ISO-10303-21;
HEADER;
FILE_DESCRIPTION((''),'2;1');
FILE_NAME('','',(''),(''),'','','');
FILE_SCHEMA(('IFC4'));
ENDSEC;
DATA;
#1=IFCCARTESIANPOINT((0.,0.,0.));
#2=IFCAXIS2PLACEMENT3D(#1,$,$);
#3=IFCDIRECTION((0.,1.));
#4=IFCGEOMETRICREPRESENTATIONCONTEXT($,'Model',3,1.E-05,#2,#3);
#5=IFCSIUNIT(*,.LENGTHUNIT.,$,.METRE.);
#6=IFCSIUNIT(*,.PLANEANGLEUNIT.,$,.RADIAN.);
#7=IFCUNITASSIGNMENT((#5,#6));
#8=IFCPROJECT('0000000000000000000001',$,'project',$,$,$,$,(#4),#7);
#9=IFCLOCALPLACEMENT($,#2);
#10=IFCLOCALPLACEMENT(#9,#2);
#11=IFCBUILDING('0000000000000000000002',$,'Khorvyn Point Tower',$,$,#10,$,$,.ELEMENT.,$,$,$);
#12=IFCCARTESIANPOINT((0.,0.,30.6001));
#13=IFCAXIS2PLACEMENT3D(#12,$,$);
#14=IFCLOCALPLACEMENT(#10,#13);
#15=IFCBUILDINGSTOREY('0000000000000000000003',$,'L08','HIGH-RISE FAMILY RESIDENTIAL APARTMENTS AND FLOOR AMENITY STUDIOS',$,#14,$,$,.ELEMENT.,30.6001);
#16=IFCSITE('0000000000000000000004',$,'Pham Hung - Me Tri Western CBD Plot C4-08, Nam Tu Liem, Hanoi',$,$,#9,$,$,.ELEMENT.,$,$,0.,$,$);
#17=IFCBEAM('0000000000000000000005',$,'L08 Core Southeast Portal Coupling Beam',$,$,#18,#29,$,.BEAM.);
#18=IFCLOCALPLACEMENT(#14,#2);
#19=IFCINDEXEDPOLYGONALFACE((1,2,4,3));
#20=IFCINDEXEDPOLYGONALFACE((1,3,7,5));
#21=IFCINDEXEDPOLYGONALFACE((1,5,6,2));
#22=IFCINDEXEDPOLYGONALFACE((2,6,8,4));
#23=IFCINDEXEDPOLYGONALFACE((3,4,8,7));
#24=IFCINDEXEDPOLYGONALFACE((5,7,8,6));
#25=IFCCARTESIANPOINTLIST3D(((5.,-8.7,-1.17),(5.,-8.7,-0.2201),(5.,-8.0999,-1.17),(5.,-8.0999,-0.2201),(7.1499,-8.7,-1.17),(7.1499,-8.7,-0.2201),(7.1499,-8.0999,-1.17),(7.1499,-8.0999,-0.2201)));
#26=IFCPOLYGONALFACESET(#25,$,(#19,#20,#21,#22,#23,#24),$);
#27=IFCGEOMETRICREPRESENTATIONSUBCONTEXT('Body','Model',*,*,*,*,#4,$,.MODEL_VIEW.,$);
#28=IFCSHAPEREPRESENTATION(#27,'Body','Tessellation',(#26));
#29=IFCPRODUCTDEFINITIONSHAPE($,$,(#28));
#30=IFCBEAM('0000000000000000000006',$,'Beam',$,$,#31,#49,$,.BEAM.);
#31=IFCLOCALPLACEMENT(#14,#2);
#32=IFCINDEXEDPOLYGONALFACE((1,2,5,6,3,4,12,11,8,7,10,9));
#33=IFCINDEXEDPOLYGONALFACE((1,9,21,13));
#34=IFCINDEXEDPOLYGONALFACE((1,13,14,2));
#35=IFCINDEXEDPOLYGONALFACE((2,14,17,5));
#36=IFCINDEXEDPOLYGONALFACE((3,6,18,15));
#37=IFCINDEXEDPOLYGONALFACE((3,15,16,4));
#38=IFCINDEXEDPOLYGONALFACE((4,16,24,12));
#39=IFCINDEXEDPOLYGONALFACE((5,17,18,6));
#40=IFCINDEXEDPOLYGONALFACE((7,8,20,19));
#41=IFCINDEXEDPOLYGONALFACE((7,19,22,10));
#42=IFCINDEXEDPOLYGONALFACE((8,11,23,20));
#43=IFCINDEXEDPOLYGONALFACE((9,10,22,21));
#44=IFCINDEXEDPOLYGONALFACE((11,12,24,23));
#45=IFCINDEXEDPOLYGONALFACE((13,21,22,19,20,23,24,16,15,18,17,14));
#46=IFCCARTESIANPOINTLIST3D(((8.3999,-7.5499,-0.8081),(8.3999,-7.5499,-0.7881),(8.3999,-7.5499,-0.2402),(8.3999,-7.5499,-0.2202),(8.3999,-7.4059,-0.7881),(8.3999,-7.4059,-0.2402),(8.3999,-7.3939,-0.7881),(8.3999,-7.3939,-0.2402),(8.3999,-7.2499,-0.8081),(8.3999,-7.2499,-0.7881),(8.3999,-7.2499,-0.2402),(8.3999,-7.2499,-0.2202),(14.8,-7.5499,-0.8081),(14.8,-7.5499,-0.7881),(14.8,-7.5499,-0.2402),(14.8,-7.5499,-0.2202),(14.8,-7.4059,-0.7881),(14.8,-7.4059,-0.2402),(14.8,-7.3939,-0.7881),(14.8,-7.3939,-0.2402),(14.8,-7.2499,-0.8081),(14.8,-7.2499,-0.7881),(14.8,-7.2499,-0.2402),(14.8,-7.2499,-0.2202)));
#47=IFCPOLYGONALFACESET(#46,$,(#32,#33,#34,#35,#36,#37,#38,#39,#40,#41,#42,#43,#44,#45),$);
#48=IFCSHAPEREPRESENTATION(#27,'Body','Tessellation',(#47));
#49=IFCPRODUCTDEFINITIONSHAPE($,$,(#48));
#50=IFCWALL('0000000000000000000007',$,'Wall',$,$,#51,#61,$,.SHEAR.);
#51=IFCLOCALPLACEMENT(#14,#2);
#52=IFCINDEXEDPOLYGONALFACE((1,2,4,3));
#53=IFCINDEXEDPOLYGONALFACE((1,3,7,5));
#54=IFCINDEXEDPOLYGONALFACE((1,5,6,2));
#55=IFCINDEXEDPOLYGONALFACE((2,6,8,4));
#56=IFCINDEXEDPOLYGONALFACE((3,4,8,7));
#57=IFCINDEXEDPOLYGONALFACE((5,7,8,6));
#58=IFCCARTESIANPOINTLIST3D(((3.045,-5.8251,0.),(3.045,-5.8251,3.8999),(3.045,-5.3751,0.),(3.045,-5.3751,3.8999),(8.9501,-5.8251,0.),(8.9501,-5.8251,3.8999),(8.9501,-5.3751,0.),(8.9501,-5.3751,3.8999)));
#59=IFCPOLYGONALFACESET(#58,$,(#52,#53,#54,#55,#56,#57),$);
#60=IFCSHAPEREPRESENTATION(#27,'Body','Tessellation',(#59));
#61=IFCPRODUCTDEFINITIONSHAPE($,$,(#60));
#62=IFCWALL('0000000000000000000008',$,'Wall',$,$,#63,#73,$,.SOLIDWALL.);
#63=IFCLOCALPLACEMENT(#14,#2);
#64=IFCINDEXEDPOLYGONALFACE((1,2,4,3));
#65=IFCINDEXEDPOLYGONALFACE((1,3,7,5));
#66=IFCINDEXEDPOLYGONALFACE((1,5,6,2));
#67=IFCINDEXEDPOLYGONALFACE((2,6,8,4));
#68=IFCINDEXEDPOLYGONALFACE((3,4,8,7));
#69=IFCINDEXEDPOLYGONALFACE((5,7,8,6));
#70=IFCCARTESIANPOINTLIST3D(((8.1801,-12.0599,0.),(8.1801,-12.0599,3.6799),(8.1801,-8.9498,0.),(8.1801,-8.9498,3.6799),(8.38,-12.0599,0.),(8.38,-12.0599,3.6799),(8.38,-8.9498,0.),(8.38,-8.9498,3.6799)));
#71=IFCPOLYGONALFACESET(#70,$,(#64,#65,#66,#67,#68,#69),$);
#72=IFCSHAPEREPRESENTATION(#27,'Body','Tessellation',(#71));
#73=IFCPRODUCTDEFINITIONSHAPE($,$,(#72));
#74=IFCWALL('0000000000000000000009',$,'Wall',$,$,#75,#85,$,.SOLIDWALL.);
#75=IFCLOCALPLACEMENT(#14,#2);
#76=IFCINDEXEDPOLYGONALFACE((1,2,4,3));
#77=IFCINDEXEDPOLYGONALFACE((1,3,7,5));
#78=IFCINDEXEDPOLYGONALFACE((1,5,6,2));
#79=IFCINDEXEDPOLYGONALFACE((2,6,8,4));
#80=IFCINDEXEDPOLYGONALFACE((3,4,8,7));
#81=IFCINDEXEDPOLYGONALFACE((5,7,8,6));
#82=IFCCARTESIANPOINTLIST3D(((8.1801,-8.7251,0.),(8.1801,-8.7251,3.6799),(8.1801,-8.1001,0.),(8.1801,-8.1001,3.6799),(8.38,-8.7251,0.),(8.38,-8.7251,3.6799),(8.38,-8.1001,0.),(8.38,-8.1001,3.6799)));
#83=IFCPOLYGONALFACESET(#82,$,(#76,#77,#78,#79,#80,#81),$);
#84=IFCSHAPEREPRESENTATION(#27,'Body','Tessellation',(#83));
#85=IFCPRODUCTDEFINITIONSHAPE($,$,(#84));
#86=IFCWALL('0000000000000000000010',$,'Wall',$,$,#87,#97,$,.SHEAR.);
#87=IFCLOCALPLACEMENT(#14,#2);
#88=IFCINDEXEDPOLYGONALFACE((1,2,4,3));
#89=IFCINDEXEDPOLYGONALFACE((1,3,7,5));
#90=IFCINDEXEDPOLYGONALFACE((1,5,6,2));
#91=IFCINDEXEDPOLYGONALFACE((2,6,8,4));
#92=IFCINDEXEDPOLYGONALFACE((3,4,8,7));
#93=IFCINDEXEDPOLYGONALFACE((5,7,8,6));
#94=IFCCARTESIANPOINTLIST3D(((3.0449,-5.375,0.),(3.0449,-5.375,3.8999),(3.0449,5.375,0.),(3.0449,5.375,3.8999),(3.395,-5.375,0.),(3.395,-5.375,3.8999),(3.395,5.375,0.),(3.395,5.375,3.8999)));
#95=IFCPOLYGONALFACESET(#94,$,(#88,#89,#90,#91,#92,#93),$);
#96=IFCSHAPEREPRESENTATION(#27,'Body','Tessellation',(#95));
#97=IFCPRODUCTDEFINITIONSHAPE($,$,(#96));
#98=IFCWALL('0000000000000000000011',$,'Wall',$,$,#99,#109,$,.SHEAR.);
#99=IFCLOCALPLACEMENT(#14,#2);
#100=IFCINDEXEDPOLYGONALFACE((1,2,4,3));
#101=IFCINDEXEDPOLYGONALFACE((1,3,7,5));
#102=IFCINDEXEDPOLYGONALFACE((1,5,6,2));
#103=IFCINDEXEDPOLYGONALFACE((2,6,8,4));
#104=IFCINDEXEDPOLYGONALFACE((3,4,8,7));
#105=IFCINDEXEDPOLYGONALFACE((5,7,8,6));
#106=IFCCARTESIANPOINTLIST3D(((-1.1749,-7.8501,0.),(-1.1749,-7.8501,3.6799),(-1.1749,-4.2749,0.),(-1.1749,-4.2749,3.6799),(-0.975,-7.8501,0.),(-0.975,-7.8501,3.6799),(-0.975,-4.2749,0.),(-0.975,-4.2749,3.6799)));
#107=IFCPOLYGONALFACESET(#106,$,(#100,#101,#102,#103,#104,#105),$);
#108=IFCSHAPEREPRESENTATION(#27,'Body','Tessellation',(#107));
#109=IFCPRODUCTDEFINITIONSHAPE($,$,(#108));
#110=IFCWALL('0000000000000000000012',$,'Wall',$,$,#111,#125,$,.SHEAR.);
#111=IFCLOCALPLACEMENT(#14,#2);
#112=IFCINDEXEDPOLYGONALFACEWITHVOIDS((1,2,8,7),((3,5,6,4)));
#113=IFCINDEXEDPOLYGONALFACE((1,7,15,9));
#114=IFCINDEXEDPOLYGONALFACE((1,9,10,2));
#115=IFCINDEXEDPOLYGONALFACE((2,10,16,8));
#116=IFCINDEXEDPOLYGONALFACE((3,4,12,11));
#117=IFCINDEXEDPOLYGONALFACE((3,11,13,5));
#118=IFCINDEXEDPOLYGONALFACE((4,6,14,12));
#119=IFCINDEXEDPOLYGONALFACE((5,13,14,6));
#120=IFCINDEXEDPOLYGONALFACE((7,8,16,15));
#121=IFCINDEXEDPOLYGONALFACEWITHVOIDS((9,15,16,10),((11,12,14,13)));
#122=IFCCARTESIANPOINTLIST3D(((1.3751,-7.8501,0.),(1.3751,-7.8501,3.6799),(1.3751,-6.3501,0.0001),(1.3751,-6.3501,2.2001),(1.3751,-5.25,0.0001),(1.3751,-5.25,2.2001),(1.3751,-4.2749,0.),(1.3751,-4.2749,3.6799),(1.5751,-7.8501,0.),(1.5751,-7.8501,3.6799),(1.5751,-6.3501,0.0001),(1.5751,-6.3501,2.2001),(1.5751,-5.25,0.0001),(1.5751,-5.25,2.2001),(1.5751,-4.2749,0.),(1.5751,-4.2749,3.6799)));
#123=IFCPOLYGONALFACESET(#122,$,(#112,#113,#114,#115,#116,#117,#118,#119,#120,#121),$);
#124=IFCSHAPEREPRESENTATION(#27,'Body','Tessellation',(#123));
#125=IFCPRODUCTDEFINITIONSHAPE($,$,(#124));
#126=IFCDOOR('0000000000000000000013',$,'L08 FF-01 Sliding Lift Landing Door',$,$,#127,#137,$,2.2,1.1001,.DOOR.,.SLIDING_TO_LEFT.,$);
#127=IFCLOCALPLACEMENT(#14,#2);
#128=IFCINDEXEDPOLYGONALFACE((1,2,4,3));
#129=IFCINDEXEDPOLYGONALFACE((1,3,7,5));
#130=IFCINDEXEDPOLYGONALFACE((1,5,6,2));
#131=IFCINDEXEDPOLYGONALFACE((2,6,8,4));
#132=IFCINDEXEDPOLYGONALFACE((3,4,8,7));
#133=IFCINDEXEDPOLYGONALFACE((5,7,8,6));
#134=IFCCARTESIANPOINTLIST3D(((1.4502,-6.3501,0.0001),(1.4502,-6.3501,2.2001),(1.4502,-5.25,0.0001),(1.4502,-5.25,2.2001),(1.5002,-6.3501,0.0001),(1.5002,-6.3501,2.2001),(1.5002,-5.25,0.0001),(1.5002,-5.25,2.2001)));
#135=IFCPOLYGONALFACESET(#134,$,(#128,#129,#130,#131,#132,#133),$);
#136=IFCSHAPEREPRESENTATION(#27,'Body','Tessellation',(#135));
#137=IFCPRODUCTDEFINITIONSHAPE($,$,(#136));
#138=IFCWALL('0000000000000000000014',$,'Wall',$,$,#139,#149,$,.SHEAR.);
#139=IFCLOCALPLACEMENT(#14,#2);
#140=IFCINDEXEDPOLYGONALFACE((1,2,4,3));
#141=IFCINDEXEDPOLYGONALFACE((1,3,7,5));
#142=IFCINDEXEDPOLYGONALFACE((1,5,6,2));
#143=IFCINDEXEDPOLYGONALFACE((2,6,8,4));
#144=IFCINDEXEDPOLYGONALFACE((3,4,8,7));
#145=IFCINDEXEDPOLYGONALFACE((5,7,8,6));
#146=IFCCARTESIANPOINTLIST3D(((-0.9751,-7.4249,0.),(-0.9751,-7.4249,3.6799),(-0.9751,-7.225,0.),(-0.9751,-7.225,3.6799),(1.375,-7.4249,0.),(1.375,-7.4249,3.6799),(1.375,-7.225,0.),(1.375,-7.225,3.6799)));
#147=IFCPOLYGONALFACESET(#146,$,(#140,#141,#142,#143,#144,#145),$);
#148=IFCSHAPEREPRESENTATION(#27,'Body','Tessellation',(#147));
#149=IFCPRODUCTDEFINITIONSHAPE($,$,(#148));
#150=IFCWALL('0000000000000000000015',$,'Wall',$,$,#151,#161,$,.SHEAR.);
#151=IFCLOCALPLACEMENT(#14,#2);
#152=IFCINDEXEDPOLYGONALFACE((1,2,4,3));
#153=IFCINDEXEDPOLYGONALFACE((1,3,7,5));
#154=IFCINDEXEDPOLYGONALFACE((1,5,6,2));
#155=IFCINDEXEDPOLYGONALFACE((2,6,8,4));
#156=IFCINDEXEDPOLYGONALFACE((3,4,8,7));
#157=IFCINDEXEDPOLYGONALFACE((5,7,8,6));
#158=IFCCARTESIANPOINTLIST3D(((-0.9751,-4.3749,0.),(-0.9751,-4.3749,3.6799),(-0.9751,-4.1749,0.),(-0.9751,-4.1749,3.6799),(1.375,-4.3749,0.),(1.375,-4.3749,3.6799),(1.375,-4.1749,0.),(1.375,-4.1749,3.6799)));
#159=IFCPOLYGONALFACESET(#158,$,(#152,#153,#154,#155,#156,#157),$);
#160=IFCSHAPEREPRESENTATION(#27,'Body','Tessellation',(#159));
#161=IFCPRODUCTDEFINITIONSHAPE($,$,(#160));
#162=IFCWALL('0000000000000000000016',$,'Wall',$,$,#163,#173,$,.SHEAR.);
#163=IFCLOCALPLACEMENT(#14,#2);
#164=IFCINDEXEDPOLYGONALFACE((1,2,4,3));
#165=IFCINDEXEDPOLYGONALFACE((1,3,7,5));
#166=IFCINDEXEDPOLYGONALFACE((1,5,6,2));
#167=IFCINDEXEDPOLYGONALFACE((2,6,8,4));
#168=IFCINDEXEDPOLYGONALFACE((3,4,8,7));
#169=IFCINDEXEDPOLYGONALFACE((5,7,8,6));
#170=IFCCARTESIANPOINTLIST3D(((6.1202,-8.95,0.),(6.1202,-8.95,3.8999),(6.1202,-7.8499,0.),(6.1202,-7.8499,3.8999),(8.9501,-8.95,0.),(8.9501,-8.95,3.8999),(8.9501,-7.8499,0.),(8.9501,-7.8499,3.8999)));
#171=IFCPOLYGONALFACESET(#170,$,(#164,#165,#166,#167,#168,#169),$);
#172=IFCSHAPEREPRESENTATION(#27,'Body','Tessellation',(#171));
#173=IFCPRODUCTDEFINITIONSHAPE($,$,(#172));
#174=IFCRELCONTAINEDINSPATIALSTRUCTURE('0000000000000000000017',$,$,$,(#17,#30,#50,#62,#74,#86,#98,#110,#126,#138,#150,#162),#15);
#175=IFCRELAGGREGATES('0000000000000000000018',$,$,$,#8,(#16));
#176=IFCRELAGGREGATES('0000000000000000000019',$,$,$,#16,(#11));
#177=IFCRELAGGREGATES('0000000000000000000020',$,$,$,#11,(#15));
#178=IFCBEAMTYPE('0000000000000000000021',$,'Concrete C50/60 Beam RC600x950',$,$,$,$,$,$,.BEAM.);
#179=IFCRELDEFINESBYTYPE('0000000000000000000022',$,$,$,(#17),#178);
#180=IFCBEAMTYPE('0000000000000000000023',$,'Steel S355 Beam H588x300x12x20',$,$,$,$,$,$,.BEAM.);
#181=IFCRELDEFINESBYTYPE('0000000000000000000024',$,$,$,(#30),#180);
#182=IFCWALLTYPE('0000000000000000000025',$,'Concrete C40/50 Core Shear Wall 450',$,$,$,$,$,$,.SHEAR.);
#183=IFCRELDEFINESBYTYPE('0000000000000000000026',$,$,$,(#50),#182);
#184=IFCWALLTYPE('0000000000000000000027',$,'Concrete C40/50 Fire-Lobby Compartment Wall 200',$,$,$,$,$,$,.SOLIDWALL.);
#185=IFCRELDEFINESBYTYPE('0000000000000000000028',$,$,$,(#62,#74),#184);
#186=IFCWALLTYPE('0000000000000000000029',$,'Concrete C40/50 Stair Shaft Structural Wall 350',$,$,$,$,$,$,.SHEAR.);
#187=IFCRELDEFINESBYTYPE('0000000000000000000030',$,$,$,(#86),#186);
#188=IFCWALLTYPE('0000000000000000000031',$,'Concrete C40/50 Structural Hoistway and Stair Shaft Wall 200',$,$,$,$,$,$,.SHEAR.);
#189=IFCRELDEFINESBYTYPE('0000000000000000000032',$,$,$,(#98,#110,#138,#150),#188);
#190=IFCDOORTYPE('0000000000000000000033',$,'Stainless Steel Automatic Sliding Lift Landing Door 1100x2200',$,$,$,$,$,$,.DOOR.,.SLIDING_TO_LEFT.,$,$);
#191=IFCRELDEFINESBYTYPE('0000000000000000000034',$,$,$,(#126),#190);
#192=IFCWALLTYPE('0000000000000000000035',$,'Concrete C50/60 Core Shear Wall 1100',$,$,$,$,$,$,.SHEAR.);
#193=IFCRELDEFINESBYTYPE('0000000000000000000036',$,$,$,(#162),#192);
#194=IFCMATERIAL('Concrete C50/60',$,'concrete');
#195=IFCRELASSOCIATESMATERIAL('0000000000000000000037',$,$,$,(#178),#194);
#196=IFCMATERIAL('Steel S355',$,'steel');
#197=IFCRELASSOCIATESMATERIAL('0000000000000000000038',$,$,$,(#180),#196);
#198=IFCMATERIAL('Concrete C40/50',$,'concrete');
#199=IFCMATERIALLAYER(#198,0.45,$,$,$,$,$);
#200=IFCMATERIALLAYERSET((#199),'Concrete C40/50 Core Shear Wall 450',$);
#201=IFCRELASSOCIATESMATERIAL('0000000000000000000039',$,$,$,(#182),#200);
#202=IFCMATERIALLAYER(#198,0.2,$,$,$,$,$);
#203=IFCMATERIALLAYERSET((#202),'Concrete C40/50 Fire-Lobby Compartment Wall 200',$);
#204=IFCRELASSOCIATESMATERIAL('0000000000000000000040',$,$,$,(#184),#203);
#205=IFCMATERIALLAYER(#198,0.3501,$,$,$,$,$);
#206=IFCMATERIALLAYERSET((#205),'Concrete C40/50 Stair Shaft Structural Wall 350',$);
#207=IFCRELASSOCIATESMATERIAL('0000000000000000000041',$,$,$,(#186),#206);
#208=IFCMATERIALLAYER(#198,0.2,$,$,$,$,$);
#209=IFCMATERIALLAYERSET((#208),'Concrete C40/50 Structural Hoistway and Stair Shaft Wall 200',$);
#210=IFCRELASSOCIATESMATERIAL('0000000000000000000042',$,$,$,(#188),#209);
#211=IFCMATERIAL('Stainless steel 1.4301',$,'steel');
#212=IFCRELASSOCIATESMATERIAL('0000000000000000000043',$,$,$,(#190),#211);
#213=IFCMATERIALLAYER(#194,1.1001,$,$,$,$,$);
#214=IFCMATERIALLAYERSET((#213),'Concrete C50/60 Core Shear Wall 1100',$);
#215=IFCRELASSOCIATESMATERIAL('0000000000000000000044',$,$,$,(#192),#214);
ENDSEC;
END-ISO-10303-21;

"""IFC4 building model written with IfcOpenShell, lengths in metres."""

from ifc_helpers import new_model, si_unit, direction, frame, frame_2d, origin, origin_2d, place, context, subcontext, project, spatial, rectangle, i_section, extrude, material, layer, layer_set, material_profile, profile_set, type_object, element, fill, save


model = new_model("IFC4")

# Units and contexts
model_context = context("Model", 3, precision=1e-05, world=origin(), true_north=direction((0.0, 1.0)))
body_context = subcontext(model_context, "Body", "Model", "MODEL_VIEW")
ifc_project = project(units=[si_unit("LENGTHUNIT", "METRE"), si_unit("PLANEANGLEUNIT", "RADIAN")], contexts=[model_context])

# Site, building, storey
site_placement = place(None, origin())
site = spatial("IfcSite", under=ifc_project, at=site_placement, Name="Pham Hung - Me Tri Western CBD Plot C4-08, Nam Tu Liem, Hanoi", CompositionType="ELEMENT", RefElevation=0.0)
building_placement = place(site_placement, origin())
building = spatial("IfcBuilding", under=site, at=building_placement, Name="Khorvyn Point Tower", CompositionType="ELEMENT")
storey_placement = place(building_placement, frame((0.0, 0.0, 30.6001)))
storey = spatial("IfcBuildingStorey", under=building, at=storey_placement, Name="L08", Description="HIGH-RISE FAMILY RESIDENTIAL APARTMENTS AND FLOOR AMENITY STUDIOS", CompositionType="ELEMENT", Elevation=30.6001)

# Beams
ifc_material_1 = material(Name="Concrete C50/60", Category="concrete")
ifc_material_profile_1 = material_profile(ifc_material_1, rectangle(XDim=0.6001, YDim=0.95, at=origin_2d()))
ifc_profile_set_1 = profile_set([ifc_material_profile_1], Name="Concrete C50/60 RC600x950")
beam_type_1 = type_object("IfcBeamType", Name="Concrete C50/60 Beam RC600x950", PredefinedType="BEAM", material=ifc_profile_set_1)
beam_1_placement = place(storey_placement, frame((5.0, -8.3999, -0.6951), z_axis=(1.0, 0.0, 0.0), x_axis=(0.0, 1.0, 0.0)))
element("IfcBeam", 1, at=beam_1_placement, inside=storey, type_object=beam_type_1, Name="L08 Core Southeast Portal Coupling Beam", PredefinedType="BEAM", context=body_context, shape_type="SweptSolid", body=[
    extrude(rectangle(XDim=0.6001, YDim=0.95, at=origin_2d()), origin(), (0.0, 0.0, 1.0), 2.1499),
])
ifc_material_2 = material(Name="Steel S355", Category="steel")
ifc_material_profile_2 = material_profile(ifc_material_2, i_section(OverallWidth=0.3, OverallDepth=0.5879, WebThickness=0.012, FlangeThickness=0.02, at=origin_2d()))
ifc_profile_set_2 = profile_set([ifc_material_profile_2], Name="Steel S355 H588x300x12x20")
beam_type_2 = type_object("IfcBeamType", Name="Steel S355 Beam H588x300x12x20", PredefinedType="BEAM", material=ifc_profile_set_2)
beam_2_placement = place(storey_placement, frame((8.3999, -7.3999, -0.5142), z_axis=(1.0, 0.0, 0.0), x_axis=(0.0, 1.0, 0.0)))
element("IfcBeam", 2, at=beam_2_placement, inside=storey, type_object=beam_type_2, Name="Beam", PredefinedType="BEAM", context=body_context, shape_type="SweptSolid", body=[
    extrude(i_section(OverallWidth=0.3, OverallDepth=0.5879, WebThickness=0.012, FlangeThickness=0.02, at=origin_2d()), origin(), (0.0, 0.0, 1.0), 6.4001),
])

# Wall
ifc_material_3 = material(Name="Concrete C40/50", Category="concrete")
ifc_layer_1 = layer(ifc_material_3, 0.45)
ifc_layer_set_1 = layer_set([ifc_layer_1], Name="Concrete C40/50 Core Shear Wall 450")
wall_type_1 = type_object("IfcWallType", Name="Concrete C40/50 Core Shear Wall 450", PredefinedType="SHEAR", material=ifc_layer_set_1)
wall_1_placement = place(storey_placement, frame((3.0449, -5.6001, 0.0), z_axis=(0.0, 0.0, 1.0), x_axis=(1.0, 0.0, 0.0)))
element("IfcWall", 3, at=wall_1_placement, inside=storey, type_object=wall_type_1, Name="Wall", PredefinedType="SHEAR", context=body_context, shape_type="SweptSolid", body=[
    extrude(rectangle(XDim=5.905, YDim=0.45, at=frame_2d((2.9526, 0.0))), origin(), (0.0, 0.0, 1.0), 3.8999),
])

# Shared definitions
ifc_layer_2 = layer(ifc_material_3, 0.2)
ifc_layer_set_2 = layer_set([ifc_layer_2], Name="Concrete C40/50 Fire-Lobby Compartment Wall 200")
wall_type_2 = type_object("IfcWallType", Name="Concrete C40/50 Fire-Lobby Compartment Wall 200", PredefinedType="SOLIDWALL", material=ifc_layer_set_2)

# Walls
wall_2_placement = place(storey_placement, frame((8.28, -12.0601, 0.0), z_axis=(0.0, 0.0, 1.0), x_axis=(0.0, 1.0, 0.0)))
element("IfcWall", 4, at=wall_2_placement, inside=storey, type_object=wall_type_2, Name="Wall", PredefinedType="SOLIDWALL", context=body_context, shape_type="SweptSolid", body=[
    extrude(rectangle(XDim=3.1101, YDim=0.2, at=frame_2d((1.5552, 0.0))), origin(), (0.0, 0.0, 1.0), 3.6799),
])
wall_3_placement = place(storey_placement, frame((8.28, -8.7251, 0.0), z_axis=(0.0, 0.0, 1.0), x_axis=(0.0, 1.0, 0.0)))
element("IfcWall", 5, at=wall_3_placement, inside=storey, type_object=wall_type_2, Name="Wall", PredefinedType="SOLIDWALL", context=body_context, shape_type="SweptSolid", body=[
    extrude(rectangle(XDim=0.625, YDim=0.2, at=frame_2d((0.3125, 0.0))), origin(), (0.0, 0.0, 1.0), 3.6799),
])
ifc_layer_3 = layer(ifc_material_3, 0.3501)
ifc_layer_set_3 = layer_set([ifc_layer_3], Name="Concrete C40/50 Stair Shaft Structural Wall 350")
wall_type_3 = type_object("IfcWallType", Name="Concrete C40/50 Stair Shaft Structural Wall 350", PredefinedType="SHEAR", material=ifc_layer_set_3)
wall_4_placement = place(storey_placement, frame((3.22, -5.375, 0.0), z_axis=(0.0, 0.0, 1.0), x_axis=(0.0, 1.0, 0.0)))
element("IfcWall", 6, at=wall_4_placement, inside=storey, type_object=wall_type_3, Name="Wall", PredefinedType="SHEAR", context=body_context, shape_type="SweptSolid", body=[
    extrude(rectangle(XDim=10.75, YDim=0.3501, at=frame_2d((5.375, 0.0))), origin(), (0.0, 0.0, 1.0), 3.8999),
])

# Wall
ifc_layer_4 = layer(ifc_material_3, 0.2)
ifc_layer_set_4 = layer_set([ifc_layer_4], Name="Concrete C40/50 Structural Hoistway and Stair Shaft Wall 200")
wall_type_4 = type_object("IfcWallType", Name="Concrete C40/50 Structural Hoistway and Stair Shaft Wall 200", PredefinedType="SHEAR", material=ifc_layer_set_4)
wall_5_placement = place(storey_placement, frame((-1.075, -7.8501, 0.0), z_axis=(0.0, 0.0, 1.0), x_axis=(0.0, 1.0, 0.0)))
element("IfcWall", 7, at=wall_5_placement, inside=storey, type_object=wall_type_4, Name="Wall", PredefinedType="SHEAR", context=body_context, shape_type="SweptSolid", body=[
    extrude(rectangle(XDim=3.5752, YDim=0.2, at=frame_2d((1.7876, 0.0))), origin(), (0.0, 0.0, 1.0), 3.6799),
])

# Wall, opening, door
wall_6_placement = place(storey_placement, frame((1.4751, -7.8501, 0.0), z_axis=(0.0, 0.0, 1.0), x_axis=(0.0, 1.0, 0.0)))
wall_6 = element("IfcWall", 8, at=wall_6_placement, inside=storey, type_object=wall_type_4, Name="Wall", PredefinedType="SHEAR", context=body_context, shape_type="SweptSolid", body=[
    extrude(rectangle(XDim=3.5752, YDim=0.2, at=frame_2d((1.7876, 0.0))), origin(), (0.0, 0.0, 1.0), 3.6799),
])
opening_1_placement = place(wall_6_placement, frame((1.5, 0.0, 0.0)))
opening_1 = element("IfcOpeningElement", 9, at=opening_1_placement, cuts=wall_6, PredefinedType="OPENING", context=body_context, shape_type="SweptSolid", body=[
    extrude(rectangle(XDim=1.1001, YDim=2.2, at=frame_2d((0.55, 1.1001))), frame((0.0, 0.1099, 0.0), z_axis=(0.0, -1.0, 0.0), x_axis=(1.0, 0.0, 0.0)), (0.0, 0.0, 1.0), 0.22),
])
ifc_material_4 = material(Name="Stainless steel 1.4301", Category="steel")
door_type_1 = type_object("IfcDoorType", Name="Stainless Steel Automatic Sliding Lift Landing Door 1100x2200", OperationType="SLIDING_TO_LEFT", PredefinedType="DOOR", material=ifc_material_4)
door_1_placement = place(opening_1_placement, origin())
door_1 = element("IfcDoor", 10, at=door_1_placement, inside=storey, type_object=door_type_1, Name="L08 FF-01 Sliding Lift Landing Door", OperationType="SLIDING_TO_LEFT", OverallHeight=2.2, OverallWidth=1.1001, PredefinedType="DOOR", context=body_context, shape_type="SweptSolid", body=[
    extrude(rectangle(XDim=1.1001, YDim=2.2, at=frame_2d((0.55, 1.1001))), frame((0.0, 0.0249, 0.0), z_axis=(0.0, -1.0, 0.0), x_axis=(1.0, 0.0, 0.0)), (0.0, 0.0, 1.0), 0.05),
])
fill(opening_1, door_1)

# Walls
for number, where, z_axis, x_axis, name in (
    (11, (-0.9751, -7.325, 0.0), (0.0, 0.0, 1.0), (1.0, 0.0, 0.0), "Wall"),
    (12, (-0.9751, -4.2749, 0.0), (0.0, 0.0, 1.0), (1.0, 0.0, 0.0), "Wall"),
):
    element("IfcWall", number, at=place(storey_placement, frame(where, z_axis=z_axis, x_axis=x_axis)), inside=storey, type_object=wall_type_4, Name=name, PredefinedType="SHEAR", context=body_context, shape_type="SweptSolid", body=[
        extrude(rectangle(XDim=2.3501, YDim=0.2, at=frame_2d((1.175, 0.0))), origin(), (0.0, 0.0, 1.0), 3.6799),
    ])
ifc_layer_5 = layer(ifc_material_1, 1.1001)
ifc_layer_set_5 = layer_set([ifc_layer_5], Name="Concrete C50/60 Core Shear Wall 1100")
wall_type_5 = type_object("IfcWallType", Name="Concrete C50/60 Core Shear Wall 1100", PredefinedType="SHEAR", material=ifc_layer_set_5)
wall_7_placement = place(storey_placement, frame((6.1201, -8.3999, 0.0), z_axis=(0.0, 0.0, 1.0), x_axis=(1.0, 0.0, 0.0)))
element("IfcWall", 13, at=wall_7_placement, inside=storey, type_object=wall_type_5, Name="Wall", PredefinedType="SHEAR", context=body_context, shape_type="SweptSolid", body=[
    extrude(rectangle(XDim=2.8298, YDim=1.1001, at=frame_2d((1.415, 0.0))), origin(), (0.0, 0.0, 1.0), 3.8999),
])

save(model, "model.ifc")
